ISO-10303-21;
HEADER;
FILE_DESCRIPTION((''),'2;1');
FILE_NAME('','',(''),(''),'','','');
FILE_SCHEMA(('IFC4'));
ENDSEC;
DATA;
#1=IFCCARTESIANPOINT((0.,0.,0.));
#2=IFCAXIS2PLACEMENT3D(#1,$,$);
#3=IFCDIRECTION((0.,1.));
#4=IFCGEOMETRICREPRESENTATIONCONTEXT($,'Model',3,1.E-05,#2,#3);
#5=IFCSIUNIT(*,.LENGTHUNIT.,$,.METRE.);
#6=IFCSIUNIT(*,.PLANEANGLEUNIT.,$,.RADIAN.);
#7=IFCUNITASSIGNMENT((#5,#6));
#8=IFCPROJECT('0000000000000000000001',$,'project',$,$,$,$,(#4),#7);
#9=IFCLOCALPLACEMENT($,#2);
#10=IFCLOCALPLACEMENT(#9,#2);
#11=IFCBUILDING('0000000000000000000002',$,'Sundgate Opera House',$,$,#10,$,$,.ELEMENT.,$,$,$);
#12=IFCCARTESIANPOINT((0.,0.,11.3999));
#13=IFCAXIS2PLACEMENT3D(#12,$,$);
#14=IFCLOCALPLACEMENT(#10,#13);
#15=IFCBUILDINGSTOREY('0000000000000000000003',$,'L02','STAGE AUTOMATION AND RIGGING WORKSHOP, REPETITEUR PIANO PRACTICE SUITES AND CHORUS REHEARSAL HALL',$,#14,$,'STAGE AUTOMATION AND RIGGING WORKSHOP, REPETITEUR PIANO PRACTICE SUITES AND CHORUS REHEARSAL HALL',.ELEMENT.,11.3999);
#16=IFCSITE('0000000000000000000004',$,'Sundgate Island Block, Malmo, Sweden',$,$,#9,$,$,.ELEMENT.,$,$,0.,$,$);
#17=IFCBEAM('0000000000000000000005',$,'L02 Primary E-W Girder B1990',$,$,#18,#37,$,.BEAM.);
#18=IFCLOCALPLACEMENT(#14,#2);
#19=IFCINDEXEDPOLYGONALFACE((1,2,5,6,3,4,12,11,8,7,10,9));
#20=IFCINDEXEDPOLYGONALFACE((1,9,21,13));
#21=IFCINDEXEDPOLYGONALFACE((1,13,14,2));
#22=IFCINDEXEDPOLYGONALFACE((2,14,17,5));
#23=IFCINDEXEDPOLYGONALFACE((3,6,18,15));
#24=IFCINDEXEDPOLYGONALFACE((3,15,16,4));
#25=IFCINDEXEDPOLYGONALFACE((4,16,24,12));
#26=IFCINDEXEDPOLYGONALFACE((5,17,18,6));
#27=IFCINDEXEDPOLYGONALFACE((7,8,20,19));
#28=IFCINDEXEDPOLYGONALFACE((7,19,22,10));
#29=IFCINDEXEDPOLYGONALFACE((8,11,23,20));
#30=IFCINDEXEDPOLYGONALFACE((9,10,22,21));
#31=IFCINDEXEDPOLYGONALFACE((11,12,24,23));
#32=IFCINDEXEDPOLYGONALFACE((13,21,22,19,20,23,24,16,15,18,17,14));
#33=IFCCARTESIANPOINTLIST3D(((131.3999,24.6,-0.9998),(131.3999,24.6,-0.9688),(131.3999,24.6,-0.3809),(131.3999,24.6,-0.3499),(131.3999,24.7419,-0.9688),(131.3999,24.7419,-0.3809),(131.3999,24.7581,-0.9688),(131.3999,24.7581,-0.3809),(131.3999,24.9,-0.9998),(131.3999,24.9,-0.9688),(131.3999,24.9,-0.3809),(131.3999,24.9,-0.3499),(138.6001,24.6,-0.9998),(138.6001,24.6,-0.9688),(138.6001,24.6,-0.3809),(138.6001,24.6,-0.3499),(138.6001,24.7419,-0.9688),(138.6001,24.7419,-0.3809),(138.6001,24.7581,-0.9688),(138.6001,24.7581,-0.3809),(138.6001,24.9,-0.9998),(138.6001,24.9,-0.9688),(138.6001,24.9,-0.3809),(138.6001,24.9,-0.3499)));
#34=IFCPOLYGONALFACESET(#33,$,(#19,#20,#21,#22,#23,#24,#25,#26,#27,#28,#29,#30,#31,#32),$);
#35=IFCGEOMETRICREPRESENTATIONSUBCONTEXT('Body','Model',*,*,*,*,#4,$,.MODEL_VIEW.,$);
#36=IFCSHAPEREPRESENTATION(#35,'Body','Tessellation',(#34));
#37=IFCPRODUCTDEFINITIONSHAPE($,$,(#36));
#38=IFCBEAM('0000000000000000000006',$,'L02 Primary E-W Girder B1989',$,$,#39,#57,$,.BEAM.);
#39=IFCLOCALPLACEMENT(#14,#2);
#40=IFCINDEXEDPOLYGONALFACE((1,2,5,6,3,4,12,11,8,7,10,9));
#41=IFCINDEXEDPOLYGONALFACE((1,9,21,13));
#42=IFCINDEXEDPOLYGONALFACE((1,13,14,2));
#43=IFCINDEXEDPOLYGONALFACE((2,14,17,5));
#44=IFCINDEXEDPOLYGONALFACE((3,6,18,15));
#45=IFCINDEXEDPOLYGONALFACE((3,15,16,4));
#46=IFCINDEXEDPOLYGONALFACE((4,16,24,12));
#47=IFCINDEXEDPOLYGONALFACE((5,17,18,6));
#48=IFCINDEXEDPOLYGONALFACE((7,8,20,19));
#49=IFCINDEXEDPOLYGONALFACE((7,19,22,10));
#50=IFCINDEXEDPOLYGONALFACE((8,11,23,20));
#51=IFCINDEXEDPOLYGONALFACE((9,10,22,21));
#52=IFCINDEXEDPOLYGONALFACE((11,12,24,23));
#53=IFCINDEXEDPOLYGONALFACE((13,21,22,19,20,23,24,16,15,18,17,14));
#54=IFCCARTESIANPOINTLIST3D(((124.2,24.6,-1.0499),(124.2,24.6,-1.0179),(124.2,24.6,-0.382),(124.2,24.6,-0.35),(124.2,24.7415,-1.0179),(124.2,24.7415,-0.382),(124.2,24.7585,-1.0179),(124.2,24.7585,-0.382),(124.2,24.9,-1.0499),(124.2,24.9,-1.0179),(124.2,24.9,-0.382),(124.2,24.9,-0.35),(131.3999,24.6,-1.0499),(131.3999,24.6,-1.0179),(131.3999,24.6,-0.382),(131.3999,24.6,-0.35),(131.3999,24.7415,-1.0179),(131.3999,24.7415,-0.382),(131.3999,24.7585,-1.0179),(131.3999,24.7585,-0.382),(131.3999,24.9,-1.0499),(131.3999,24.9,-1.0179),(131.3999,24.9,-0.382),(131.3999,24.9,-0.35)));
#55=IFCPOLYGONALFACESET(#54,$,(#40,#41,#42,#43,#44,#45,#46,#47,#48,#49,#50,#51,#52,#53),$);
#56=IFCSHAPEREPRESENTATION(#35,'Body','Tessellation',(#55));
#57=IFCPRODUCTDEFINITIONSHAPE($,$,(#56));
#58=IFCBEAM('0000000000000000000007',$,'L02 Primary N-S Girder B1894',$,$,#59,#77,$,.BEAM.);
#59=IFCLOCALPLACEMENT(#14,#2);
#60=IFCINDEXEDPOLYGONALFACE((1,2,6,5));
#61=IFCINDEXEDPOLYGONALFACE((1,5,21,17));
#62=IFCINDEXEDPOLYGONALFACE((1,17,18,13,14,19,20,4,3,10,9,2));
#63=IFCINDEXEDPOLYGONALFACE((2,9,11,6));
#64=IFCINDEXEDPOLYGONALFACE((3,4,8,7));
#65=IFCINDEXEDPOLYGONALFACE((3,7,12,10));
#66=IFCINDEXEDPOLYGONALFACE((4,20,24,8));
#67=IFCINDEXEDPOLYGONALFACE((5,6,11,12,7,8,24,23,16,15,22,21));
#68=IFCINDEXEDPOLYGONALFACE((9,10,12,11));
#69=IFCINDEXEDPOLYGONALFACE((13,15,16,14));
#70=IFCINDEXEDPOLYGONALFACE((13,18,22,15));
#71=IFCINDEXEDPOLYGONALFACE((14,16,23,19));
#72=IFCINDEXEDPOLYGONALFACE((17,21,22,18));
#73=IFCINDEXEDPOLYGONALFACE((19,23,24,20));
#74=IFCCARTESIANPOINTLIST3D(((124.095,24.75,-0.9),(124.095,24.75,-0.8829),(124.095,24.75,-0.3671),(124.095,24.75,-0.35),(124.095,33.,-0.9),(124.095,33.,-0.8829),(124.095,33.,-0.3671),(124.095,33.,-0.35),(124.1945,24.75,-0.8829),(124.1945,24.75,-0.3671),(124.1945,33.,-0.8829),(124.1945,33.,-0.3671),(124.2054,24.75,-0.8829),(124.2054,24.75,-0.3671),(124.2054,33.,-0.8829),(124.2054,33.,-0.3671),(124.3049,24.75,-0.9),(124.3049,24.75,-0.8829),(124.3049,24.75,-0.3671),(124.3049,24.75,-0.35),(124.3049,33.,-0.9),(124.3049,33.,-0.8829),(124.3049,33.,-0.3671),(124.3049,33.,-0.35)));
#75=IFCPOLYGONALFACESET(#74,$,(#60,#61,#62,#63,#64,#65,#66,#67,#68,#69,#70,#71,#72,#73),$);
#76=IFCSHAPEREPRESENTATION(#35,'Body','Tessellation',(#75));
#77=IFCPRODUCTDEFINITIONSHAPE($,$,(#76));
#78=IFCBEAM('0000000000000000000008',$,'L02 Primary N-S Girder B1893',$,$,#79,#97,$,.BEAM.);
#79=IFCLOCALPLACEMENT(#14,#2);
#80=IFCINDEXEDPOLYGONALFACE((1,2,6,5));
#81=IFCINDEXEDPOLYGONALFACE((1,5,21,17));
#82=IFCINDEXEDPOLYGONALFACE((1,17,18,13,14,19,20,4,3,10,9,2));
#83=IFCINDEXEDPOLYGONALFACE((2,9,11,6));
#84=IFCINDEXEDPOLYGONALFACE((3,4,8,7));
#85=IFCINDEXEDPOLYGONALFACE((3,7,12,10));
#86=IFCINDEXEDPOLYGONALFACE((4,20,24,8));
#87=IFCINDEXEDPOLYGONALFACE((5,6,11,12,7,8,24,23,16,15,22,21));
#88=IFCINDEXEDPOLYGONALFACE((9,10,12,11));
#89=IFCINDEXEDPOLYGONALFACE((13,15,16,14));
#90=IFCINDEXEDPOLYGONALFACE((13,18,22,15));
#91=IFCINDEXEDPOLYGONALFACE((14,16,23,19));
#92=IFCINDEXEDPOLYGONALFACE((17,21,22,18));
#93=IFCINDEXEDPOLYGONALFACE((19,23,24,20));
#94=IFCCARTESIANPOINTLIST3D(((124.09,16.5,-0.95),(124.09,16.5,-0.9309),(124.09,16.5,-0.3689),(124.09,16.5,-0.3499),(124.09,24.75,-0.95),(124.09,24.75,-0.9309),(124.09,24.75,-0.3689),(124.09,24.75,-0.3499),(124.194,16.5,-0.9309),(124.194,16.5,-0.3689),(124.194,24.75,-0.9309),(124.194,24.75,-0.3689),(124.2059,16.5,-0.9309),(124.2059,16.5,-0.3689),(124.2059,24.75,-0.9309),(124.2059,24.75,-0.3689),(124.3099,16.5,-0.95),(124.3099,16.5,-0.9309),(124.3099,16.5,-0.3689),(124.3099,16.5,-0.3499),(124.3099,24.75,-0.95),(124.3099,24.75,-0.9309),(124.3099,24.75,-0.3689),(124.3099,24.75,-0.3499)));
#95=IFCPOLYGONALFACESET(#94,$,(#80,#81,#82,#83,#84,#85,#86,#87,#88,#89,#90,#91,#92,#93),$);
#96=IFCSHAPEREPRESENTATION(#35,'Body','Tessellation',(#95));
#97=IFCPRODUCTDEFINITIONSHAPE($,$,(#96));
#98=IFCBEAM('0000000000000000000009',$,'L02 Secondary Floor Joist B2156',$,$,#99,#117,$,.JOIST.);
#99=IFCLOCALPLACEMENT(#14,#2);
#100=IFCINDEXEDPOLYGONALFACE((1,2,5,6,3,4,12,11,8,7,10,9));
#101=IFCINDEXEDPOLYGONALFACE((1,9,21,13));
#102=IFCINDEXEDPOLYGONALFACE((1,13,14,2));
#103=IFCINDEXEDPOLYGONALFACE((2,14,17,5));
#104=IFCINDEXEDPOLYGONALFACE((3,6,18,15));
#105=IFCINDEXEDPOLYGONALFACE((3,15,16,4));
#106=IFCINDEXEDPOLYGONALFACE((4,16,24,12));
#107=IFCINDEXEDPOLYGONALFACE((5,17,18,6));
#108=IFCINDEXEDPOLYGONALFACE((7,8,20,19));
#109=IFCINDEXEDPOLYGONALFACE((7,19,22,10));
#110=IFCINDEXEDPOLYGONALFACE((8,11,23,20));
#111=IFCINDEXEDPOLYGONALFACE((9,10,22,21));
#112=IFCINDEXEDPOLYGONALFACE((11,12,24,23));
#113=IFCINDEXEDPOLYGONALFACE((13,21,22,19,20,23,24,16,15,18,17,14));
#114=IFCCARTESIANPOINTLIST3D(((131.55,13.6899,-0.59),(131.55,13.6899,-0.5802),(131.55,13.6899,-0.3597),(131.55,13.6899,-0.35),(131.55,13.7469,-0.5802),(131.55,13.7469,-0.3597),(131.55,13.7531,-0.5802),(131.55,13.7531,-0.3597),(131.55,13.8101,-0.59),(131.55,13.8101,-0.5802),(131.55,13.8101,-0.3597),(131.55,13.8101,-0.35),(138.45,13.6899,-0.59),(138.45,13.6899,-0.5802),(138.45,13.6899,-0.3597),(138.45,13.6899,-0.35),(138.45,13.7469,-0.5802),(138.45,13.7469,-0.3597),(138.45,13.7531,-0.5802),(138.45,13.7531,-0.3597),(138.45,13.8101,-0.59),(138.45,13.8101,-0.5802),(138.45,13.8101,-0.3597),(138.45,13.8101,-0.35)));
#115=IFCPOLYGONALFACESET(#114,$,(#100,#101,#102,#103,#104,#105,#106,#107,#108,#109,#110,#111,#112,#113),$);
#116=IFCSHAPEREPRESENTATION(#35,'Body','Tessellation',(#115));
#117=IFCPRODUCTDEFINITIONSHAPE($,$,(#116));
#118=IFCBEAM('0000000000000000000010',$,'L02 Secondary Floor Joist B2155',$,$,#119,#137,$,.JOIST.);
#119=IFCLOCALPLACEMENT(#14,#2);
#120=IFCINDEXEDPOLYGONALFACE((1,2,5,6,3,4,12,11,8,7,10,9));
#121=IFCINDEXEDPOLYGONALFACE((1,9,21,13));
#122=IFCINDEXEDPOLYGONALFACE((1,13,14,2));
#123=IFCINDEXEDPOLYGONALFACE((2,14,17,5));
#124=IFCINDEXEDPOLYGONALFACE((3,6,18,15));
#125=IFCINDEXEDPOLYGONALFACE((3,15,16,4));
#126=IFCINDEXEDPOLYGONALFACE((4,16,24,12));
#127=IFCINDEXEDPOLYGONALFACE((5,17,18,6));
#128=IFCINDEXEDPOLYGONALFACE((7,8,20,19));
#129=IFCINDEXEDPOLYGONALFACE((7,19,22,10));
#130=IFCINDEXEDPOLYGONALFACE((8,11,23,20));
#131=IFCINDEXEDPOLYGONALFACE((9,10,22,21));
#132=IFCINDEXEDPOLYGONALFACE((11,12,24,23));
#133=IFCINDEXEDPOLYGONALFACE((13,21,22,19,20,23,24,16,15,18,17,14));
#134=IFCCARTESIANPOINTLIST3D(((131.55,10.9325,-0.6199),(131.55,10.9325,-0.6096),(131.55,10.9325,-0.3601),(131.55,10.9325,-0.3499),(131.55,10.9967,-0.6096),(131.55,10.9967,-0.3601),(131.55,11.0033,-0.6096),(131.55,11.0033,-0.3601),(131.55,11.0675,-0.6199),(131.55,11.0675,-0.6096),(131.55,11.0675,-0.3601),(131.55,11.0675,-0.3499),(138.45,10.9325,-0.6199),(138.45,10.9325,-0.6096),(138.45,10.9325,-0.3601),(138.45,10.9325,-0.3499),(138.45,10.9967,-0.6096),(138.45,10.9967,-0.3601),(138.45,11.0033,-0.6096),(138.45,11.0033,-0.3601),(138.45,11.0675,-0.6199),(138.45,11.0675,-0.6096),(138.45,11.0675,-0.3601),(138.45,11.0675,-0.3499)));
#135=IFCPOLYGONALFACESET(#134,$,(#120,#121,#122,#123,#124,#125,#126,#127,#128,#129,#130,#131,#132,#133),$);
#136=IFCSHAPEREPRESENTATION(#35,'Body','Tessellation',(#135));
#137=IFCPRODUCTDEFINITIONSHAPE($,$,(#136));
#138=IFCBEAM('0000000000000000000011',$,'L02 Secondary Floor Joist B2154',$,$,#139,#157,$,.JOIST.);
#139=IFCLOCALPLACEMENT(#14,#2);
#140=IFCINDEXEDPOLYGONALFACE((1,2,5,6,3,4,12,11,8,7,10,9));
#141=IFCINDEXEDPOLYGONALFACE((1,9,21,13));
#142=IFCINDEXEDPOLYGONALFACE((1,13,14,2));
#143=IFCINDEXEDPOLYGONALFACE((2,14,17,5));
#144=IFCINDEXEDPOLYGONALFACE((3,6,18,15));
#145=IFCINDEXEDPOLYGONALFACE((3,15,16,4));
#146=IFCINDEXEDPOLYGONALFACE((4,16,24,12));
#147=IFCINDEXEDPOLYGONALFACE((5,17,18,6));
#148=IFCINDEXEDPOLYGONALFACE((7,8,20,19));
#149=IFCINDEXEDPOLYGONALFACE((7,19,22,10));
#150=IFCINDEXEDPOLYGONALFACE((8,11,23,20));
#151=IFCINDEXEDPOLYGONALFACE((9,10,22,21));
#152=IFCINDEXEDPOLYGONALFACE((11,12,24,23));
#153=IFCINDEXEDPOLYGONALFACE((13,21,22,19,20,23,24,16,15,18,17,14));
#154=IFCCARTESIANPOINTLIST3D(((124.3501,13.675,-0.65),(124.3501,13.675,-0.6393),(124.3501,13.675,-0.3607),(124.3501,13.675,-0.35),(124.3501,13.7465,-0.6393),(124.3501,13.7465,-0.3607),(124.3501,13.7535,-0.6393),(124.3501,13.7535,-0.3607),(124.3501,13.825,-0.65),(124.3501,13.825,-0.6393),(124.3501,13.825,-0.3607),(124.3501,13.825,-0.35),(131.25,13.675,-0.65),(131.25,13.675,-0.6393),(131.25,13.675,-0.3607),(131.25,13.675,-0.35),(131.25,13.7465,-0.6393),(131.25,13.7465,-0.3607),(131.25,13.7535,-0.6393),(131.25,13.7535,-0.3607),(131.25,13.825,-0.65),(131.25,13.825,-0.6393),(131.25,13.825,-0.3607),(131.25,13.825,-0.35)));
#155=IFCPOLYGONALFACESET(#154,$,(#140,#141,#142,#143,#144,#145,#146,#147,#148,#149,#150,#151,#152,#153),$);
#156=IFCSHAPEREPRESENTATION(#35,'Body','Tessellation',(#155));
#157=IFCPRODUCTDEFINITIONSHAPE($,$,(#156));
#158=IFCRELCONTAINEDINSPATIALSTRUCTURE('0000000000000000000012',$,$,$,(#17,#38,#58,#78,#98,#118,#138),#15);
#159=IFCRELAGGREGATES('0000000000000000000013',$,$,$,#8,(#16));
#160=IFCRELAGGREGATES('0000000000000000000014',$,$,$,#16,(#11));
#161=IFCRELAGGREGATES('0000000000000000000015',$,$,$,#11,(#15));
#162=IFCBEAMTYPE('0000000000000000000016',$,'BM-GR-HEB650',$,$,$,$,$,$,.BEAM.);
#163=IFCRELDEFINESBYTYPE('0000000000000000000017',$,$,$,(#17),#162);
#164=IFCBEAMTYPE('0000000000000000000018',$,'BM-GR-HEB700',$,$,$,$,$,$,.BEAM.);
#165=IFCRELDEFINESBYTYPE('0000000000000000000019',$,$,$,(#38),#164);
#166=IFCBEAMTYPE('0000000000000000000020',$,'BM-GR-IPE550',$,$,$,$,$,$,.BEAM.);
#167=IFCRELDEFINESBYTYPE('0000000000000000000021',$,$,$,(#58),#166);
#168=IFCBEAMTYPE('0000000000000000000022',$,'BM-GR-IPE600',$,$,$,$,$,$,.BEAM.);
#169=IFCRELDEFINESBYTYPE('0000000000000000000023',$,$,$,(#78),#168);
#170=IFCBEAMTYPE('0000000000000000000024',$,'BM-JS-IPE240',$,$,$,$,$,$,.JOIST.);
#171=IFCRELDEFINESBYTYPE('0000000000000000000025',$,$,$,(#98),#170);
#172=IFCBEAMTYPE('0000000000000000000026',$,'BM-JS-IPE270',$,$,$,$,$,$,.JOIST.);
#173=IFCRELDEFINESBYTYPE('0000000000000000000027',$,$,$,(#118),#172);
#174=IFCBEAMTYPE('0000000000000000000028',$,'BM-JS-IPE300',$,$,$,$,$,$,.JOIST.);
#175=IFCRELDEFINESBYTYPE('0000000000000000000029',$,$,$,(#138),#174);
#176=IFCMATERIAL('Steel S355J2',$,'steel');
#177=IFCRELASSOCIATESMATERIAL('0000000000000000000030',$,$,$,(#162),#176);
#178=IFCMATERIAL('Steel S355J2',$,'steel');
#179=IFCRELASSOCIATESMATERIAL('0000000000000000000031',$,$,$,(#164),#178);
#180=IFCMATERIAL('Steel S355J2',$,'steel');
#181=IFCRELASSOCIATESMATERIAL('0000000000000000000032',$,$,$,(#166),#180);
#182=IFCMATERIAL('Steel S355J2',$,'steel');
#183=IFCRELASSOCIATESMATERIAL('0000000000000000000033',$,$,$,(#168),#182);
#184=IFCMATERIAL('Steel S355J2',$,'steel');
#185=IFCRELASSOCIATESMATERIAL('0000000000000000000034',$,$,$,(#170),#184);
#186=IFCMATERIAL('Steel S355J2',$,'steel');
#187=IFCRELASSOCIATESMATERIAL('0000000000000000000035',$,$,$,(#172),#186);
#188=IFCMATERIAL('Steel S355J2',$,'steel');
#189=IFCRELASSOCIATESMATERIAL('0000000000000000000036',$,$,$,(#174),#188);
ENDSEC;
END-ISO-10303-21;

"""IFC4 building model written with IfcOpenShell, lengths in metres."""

from ifc_helpers import new_model, si_unit, direction, frame, origin, origin_2d, place, context, subcontext, project, spatial, i_section, extrude, material, material_profile, profile_set, type_object, element, save


model = new_model("IFC4")

# Units and contexts
model_context = context("Model", 3, precision=1e-05, world=origin(), true_north=direction((0.0, 1.0)))
body_context = subcontext(model_context, "Body", "Model", "MODEL_VIEW")
ifc_project = project(units=[si_unit("LENGTHUNIT", "METRE"), si_unit("PLANEANGLEUNIT", "RADIAN")], contexts=[model_context])

# Site, building, storey
site_placement = place(None, origin())
site = spatial("IfcSite", under=ifc_project, at=site_placement, Name="Sundgate Island Block, Malmo, Sweden", CompositionType="ELEMENT", RefElevation=0.0)
building_placement = place(site_placement, origin())
building = spatial("IfcBuilding", under=site, at=building_placement, Name="Sundgate Opera House", CompositionType="ELEMENT")
storey_placement = place(building_placement, frame((0.0, 0.0, 11.3999)))
storey = spatial("IfcBuildingStorey", under=building, at=storey_placement, Name="L02", Description="STAGE AUTOMATION AND RIGGING WORKSHOP, REPETITEUR PIANO PRACTICE SUITES AND CHORUS REHEARSAL HALL", LongName="STAGE AUTOMATION AND RIGGING WORKSHOP, REPETITEUR PIANO PRACTICE SUITES AND CHORUS REHEARSAL HALL", CompositionType="ELEMENT", Elevation=11.3999)

# Beams
ifc_material_1 = material(Name="Steel S355J2", Category="steel")
ifc_material_profile_1 = material_profile(ifc_material_1, i_section(OverallWidth=0.3, OverallDepth=0.6499, WebThickness=0.0161, FlangeThickness=0.031, at=origin_2d()), Name="HEB 650")
ifc_profile_set_1 = profile_set([ifc_material_profile_1], Name="Steel S355J2")
beam_type_1 = type_object("IfcBeamType", Name="BM-GR-HEB650", PredefinedType="BEAM", material=ifc_profile_set_1)
beam_1_placement = place(storey_placement, frame((131.3999, 24.75, -0.6748), z_axis=(1.0, 0.0, 0.0), x_axis=(0.0, 1.0, 0.0)))
element("IfcBeam", 1, at=beam_1_placement, inside=storey, type_object=beam_type_1, Name="L02 Primary E-W Girder B1990", PredefinedType="BEAM", context=body_context, shape_type="SweptSolid", body=[
    extrude(i_section(OverallWidth=0.3, OverallDepth=0.6499, WebThickness=0.0161, FlangeThickness=0.031, at=origin_2d()), origin(), (0.0, 0.0, 1.0), 7.2002),
])
ifc_material_2 = material(Name="Steel S355J2", Category="steel")
ifc_material_profile_2 = material_profile(ifc_material_2, i_section(OverallWidth=0.3, OverallDepth=0.7, WebThickness=0.0171, FlangeThickness=0.032, at=origin_2d()), Name="HEB 700")
ifc_profile_set_2 = profile_set([ifc_material_profile_2], Name="Steel S355J2")
beam_type_2 = type_object("IfcBeamType", Name="BM-GR-HEB700", PredefinedType="BEAM", material=ifc_profile_set_2)
beam_2_placement = place(storey_placement, frame((124.2, 24.75, -0.7), z_axis=(1.0, 0.0, 0.0), x_axis=(0.0, 1.0, 0.0)))
element("IfcBeam", 2, at=beam_2_placement, inside=storey, type_object=beam_type_2, Name="L02 Primary E-W Girder B1989", PredefinedType="BEAM", context=body_context, shape_type="SweptSolid", body=[
    extrude(i_section(OverallWidth=0.3, OverallDepth=0.7, WebThickness=0.0171, FlangeThickness=0.032, at=origin_2d()), origin(), (0.0, 0.0, 1.0), 7.2),
])
ifc_material_3 = material(Name="Steel S355J2", Category="steel")
ifc_material_profile_3 = material_profile(ifc_material_3, i_section(OverallWidth=0.21, OverallDepth=0.55, WebThickness=0.011, FlangeThickness=0.0171, at=origin_2d()), Name="IPE 550")
ifc_profile_set_3 = profile_set([ifc_material_profile_3], Name="Steel S355J2")
beam_type_3 = type_object("IfcBeamType", Name="BM-GR-IPE550", PredefinedType="BEAM", material=ifc_profile_set_3)
beam_3_placement = place(storey_placement, frame((124.2, 24.75, -0.625), z_axis=(0.0, 1.0, 0.0), x_axis=(-1.0, 0.0, 0.0)))
element("IfcBeam", 3, at=beam_3_placement, inside=storey, type_object=beam_type_3, Name="L02 Primary N-S Girder B1894", PredefinedType="BEAM", context=body_context, shape_type="SweptSolid", body=[
    extrude(i_section(OverallWidth=0.21, OverallDepth=0.55, WebThickness=0.011, FlangeThickness=0.0171, at=origin_2d()), origin(), (0.0, 0.0, 1.0), 8.25),
])
ifc_material_4 = material(Name="Steel S355J2", Category="steel")
ifc_material_profile_4 = material_profile(ifc_material_4, i_section(OverallWidth=0.22, OverallDepth=0.6001, WebThickness=0.012, FlangeThickness=0.019, at=origin_2d()), Name="IPE 600")
ifc_profile_set_4 = profile_set([ifc_material_profile_4], Name="Steel S355J2")
beam_type_4 = type_object("IfcBeamType", Name="BM-GR-IPE600", PredefinedType="BEAM", material=ifc_profile_set_4)
beam_4_placement = place(storey_placement, frame((124.2, 16.5, -0.6499), z_axis=(0.0, 1.0, 0.0), x_axis=(-1.0, 0.0, 0.0)))
element("IfcBeam", 4, at=beam_4_placement, inside=storey, type_object=beam_type_4, Name="L02 Primary N-S Girder B1893", PredefinedType="BEAM", context=body_context, shape_type="SweptSolid", body=[
    extrude(i_section(OverallWidth=0.22, OverallDepth=0.6001, WebThickness=0.012, FlangeThickness=0.019, at=origin_2d()), origin(), (0.0, 0.0, 1.0), 8.25),
])
ifc_material_5 = material(Name="Steel S355J2", Category="steel")
ifc_material_profile_5 = material_profile(ifc_material_5, i_section(OverallWidth=0.1201, OverallDepth=0.24, WebThickness=0.0061, FlangeThickness=0.0098, at=origin_2d()), Name="IPE 240")
ifc_profile_set_5 = profile_set([ifc_material_profile_5], Name="Steel S355J2")
beam_type_5 = type_object("IfcBeamType", Name="BM-JS-IPE240", PredefinedType="JOIST", material=ifc_profile_set_5)
beam_5_placement = place(storey_placement, frame((131.55, 13.75, -0.47), z_axis=(1.0, 0.0, 0.0), x_axis=(0.0, 1.0, 0.0)))
element("IfcBeam", 5, at=beam_5_placement, inside=storey, type_object=beam_type_5, Name="L02 Secondary Floor Joist B2156", PredefinedType="JOIST", context=body_context, shape_type="SweptSolid", body=[
    extrude(i_section(OverallWidth=0.1201, OverallDepth=0.24, WebThickness=0.0061, FlangeThickness=0.0098, at=origin_2d()), origin(), (0.0, 0.0, 1.0), 6.8999),
])
ifc_material_6 = material(Name="Steel S355J2", Category="steel")
ifc_material_profile_6 = material_profile(ifc_material_6, i_section(OverallWidth=0.135, OverallDepth=0.27, WebThickness=0.0066, FlangeThickness=0.0103, at=origin_2d()), Name="IPE 270")
ifc_profile_set_6 = profile_set([ifc_material_profile_6], Name="Steel S355J2")
beam_type_6 = type_object("IfcBeamType", Name="BM-JS-IPE270", PredefinedType="JOIST", material=ifc_profile_set_6)
beam_6_placement = place(storey_placement, frame((131.55, 11.0, -0.4849), z_axis=(1.0, 0.0, 0.0), x_axis=(0.0, 1.0, 0.0)))
element("IfcBeam", 6, at=beam_6_placement, inside=storey, type_object=beam_type_6, Name="L02 Secondary Floor Joist B2155", PredefinedType="JOIST", context=body_context, shape_type="SweptSolid", body=[
    extrude(i_section(OverallWidth=0.135, OverallDepth=0.27, WebThickness=0.0066, FlangeThickness=0.0103, at=origin_2d()), origin(), (0.0, 0.0, 1.0), 6.8999),
])
ifc_material_7 = material(Name="Steel S355J2", Category="steel")
ifc_material_profile_7 = material_profile(ifc_material_7, i_section(OverallWidth=0.1499, OverallDepth=0.3, WebThickness=0.0071, FlangeThickness=0.0107, at=origin_2d()), Name="IPE 300")
ifc_profile_set_7 = profile_set([ifc_material_profile_7], Name="Steel S355J2")
beam_type_7 = type_object("IfcBeamType", Name="BM-JS-IPE300", PredefinedType="JOIST", material=ifc_profile_set_7)
beam_7_placement = place(storey_placement, frame((124.3501, 13.75, -0.5), z_axis=(1.0, 0.0, 0.0), x_axis=(0.0, 1.0, 0.0)))
element("IfcBeam", 7, at=beam_7_placement, inside=storey, type_object=beam_type_7, Name="L02 Secondary Floor Joist B2154", PredefinedType="JOIST", context=body_context, shape_type="SweptSolid", body=[
    extrude(i_section(OverallWidth=0.1499, OverallDepth=0.3, WebThickness=0.0071, FlangeThickness=0.0107, at=origin_2d()), origin(), (0.0, 0.0, 1.0), 6.8999),
])

save(model, "model.ifc")
